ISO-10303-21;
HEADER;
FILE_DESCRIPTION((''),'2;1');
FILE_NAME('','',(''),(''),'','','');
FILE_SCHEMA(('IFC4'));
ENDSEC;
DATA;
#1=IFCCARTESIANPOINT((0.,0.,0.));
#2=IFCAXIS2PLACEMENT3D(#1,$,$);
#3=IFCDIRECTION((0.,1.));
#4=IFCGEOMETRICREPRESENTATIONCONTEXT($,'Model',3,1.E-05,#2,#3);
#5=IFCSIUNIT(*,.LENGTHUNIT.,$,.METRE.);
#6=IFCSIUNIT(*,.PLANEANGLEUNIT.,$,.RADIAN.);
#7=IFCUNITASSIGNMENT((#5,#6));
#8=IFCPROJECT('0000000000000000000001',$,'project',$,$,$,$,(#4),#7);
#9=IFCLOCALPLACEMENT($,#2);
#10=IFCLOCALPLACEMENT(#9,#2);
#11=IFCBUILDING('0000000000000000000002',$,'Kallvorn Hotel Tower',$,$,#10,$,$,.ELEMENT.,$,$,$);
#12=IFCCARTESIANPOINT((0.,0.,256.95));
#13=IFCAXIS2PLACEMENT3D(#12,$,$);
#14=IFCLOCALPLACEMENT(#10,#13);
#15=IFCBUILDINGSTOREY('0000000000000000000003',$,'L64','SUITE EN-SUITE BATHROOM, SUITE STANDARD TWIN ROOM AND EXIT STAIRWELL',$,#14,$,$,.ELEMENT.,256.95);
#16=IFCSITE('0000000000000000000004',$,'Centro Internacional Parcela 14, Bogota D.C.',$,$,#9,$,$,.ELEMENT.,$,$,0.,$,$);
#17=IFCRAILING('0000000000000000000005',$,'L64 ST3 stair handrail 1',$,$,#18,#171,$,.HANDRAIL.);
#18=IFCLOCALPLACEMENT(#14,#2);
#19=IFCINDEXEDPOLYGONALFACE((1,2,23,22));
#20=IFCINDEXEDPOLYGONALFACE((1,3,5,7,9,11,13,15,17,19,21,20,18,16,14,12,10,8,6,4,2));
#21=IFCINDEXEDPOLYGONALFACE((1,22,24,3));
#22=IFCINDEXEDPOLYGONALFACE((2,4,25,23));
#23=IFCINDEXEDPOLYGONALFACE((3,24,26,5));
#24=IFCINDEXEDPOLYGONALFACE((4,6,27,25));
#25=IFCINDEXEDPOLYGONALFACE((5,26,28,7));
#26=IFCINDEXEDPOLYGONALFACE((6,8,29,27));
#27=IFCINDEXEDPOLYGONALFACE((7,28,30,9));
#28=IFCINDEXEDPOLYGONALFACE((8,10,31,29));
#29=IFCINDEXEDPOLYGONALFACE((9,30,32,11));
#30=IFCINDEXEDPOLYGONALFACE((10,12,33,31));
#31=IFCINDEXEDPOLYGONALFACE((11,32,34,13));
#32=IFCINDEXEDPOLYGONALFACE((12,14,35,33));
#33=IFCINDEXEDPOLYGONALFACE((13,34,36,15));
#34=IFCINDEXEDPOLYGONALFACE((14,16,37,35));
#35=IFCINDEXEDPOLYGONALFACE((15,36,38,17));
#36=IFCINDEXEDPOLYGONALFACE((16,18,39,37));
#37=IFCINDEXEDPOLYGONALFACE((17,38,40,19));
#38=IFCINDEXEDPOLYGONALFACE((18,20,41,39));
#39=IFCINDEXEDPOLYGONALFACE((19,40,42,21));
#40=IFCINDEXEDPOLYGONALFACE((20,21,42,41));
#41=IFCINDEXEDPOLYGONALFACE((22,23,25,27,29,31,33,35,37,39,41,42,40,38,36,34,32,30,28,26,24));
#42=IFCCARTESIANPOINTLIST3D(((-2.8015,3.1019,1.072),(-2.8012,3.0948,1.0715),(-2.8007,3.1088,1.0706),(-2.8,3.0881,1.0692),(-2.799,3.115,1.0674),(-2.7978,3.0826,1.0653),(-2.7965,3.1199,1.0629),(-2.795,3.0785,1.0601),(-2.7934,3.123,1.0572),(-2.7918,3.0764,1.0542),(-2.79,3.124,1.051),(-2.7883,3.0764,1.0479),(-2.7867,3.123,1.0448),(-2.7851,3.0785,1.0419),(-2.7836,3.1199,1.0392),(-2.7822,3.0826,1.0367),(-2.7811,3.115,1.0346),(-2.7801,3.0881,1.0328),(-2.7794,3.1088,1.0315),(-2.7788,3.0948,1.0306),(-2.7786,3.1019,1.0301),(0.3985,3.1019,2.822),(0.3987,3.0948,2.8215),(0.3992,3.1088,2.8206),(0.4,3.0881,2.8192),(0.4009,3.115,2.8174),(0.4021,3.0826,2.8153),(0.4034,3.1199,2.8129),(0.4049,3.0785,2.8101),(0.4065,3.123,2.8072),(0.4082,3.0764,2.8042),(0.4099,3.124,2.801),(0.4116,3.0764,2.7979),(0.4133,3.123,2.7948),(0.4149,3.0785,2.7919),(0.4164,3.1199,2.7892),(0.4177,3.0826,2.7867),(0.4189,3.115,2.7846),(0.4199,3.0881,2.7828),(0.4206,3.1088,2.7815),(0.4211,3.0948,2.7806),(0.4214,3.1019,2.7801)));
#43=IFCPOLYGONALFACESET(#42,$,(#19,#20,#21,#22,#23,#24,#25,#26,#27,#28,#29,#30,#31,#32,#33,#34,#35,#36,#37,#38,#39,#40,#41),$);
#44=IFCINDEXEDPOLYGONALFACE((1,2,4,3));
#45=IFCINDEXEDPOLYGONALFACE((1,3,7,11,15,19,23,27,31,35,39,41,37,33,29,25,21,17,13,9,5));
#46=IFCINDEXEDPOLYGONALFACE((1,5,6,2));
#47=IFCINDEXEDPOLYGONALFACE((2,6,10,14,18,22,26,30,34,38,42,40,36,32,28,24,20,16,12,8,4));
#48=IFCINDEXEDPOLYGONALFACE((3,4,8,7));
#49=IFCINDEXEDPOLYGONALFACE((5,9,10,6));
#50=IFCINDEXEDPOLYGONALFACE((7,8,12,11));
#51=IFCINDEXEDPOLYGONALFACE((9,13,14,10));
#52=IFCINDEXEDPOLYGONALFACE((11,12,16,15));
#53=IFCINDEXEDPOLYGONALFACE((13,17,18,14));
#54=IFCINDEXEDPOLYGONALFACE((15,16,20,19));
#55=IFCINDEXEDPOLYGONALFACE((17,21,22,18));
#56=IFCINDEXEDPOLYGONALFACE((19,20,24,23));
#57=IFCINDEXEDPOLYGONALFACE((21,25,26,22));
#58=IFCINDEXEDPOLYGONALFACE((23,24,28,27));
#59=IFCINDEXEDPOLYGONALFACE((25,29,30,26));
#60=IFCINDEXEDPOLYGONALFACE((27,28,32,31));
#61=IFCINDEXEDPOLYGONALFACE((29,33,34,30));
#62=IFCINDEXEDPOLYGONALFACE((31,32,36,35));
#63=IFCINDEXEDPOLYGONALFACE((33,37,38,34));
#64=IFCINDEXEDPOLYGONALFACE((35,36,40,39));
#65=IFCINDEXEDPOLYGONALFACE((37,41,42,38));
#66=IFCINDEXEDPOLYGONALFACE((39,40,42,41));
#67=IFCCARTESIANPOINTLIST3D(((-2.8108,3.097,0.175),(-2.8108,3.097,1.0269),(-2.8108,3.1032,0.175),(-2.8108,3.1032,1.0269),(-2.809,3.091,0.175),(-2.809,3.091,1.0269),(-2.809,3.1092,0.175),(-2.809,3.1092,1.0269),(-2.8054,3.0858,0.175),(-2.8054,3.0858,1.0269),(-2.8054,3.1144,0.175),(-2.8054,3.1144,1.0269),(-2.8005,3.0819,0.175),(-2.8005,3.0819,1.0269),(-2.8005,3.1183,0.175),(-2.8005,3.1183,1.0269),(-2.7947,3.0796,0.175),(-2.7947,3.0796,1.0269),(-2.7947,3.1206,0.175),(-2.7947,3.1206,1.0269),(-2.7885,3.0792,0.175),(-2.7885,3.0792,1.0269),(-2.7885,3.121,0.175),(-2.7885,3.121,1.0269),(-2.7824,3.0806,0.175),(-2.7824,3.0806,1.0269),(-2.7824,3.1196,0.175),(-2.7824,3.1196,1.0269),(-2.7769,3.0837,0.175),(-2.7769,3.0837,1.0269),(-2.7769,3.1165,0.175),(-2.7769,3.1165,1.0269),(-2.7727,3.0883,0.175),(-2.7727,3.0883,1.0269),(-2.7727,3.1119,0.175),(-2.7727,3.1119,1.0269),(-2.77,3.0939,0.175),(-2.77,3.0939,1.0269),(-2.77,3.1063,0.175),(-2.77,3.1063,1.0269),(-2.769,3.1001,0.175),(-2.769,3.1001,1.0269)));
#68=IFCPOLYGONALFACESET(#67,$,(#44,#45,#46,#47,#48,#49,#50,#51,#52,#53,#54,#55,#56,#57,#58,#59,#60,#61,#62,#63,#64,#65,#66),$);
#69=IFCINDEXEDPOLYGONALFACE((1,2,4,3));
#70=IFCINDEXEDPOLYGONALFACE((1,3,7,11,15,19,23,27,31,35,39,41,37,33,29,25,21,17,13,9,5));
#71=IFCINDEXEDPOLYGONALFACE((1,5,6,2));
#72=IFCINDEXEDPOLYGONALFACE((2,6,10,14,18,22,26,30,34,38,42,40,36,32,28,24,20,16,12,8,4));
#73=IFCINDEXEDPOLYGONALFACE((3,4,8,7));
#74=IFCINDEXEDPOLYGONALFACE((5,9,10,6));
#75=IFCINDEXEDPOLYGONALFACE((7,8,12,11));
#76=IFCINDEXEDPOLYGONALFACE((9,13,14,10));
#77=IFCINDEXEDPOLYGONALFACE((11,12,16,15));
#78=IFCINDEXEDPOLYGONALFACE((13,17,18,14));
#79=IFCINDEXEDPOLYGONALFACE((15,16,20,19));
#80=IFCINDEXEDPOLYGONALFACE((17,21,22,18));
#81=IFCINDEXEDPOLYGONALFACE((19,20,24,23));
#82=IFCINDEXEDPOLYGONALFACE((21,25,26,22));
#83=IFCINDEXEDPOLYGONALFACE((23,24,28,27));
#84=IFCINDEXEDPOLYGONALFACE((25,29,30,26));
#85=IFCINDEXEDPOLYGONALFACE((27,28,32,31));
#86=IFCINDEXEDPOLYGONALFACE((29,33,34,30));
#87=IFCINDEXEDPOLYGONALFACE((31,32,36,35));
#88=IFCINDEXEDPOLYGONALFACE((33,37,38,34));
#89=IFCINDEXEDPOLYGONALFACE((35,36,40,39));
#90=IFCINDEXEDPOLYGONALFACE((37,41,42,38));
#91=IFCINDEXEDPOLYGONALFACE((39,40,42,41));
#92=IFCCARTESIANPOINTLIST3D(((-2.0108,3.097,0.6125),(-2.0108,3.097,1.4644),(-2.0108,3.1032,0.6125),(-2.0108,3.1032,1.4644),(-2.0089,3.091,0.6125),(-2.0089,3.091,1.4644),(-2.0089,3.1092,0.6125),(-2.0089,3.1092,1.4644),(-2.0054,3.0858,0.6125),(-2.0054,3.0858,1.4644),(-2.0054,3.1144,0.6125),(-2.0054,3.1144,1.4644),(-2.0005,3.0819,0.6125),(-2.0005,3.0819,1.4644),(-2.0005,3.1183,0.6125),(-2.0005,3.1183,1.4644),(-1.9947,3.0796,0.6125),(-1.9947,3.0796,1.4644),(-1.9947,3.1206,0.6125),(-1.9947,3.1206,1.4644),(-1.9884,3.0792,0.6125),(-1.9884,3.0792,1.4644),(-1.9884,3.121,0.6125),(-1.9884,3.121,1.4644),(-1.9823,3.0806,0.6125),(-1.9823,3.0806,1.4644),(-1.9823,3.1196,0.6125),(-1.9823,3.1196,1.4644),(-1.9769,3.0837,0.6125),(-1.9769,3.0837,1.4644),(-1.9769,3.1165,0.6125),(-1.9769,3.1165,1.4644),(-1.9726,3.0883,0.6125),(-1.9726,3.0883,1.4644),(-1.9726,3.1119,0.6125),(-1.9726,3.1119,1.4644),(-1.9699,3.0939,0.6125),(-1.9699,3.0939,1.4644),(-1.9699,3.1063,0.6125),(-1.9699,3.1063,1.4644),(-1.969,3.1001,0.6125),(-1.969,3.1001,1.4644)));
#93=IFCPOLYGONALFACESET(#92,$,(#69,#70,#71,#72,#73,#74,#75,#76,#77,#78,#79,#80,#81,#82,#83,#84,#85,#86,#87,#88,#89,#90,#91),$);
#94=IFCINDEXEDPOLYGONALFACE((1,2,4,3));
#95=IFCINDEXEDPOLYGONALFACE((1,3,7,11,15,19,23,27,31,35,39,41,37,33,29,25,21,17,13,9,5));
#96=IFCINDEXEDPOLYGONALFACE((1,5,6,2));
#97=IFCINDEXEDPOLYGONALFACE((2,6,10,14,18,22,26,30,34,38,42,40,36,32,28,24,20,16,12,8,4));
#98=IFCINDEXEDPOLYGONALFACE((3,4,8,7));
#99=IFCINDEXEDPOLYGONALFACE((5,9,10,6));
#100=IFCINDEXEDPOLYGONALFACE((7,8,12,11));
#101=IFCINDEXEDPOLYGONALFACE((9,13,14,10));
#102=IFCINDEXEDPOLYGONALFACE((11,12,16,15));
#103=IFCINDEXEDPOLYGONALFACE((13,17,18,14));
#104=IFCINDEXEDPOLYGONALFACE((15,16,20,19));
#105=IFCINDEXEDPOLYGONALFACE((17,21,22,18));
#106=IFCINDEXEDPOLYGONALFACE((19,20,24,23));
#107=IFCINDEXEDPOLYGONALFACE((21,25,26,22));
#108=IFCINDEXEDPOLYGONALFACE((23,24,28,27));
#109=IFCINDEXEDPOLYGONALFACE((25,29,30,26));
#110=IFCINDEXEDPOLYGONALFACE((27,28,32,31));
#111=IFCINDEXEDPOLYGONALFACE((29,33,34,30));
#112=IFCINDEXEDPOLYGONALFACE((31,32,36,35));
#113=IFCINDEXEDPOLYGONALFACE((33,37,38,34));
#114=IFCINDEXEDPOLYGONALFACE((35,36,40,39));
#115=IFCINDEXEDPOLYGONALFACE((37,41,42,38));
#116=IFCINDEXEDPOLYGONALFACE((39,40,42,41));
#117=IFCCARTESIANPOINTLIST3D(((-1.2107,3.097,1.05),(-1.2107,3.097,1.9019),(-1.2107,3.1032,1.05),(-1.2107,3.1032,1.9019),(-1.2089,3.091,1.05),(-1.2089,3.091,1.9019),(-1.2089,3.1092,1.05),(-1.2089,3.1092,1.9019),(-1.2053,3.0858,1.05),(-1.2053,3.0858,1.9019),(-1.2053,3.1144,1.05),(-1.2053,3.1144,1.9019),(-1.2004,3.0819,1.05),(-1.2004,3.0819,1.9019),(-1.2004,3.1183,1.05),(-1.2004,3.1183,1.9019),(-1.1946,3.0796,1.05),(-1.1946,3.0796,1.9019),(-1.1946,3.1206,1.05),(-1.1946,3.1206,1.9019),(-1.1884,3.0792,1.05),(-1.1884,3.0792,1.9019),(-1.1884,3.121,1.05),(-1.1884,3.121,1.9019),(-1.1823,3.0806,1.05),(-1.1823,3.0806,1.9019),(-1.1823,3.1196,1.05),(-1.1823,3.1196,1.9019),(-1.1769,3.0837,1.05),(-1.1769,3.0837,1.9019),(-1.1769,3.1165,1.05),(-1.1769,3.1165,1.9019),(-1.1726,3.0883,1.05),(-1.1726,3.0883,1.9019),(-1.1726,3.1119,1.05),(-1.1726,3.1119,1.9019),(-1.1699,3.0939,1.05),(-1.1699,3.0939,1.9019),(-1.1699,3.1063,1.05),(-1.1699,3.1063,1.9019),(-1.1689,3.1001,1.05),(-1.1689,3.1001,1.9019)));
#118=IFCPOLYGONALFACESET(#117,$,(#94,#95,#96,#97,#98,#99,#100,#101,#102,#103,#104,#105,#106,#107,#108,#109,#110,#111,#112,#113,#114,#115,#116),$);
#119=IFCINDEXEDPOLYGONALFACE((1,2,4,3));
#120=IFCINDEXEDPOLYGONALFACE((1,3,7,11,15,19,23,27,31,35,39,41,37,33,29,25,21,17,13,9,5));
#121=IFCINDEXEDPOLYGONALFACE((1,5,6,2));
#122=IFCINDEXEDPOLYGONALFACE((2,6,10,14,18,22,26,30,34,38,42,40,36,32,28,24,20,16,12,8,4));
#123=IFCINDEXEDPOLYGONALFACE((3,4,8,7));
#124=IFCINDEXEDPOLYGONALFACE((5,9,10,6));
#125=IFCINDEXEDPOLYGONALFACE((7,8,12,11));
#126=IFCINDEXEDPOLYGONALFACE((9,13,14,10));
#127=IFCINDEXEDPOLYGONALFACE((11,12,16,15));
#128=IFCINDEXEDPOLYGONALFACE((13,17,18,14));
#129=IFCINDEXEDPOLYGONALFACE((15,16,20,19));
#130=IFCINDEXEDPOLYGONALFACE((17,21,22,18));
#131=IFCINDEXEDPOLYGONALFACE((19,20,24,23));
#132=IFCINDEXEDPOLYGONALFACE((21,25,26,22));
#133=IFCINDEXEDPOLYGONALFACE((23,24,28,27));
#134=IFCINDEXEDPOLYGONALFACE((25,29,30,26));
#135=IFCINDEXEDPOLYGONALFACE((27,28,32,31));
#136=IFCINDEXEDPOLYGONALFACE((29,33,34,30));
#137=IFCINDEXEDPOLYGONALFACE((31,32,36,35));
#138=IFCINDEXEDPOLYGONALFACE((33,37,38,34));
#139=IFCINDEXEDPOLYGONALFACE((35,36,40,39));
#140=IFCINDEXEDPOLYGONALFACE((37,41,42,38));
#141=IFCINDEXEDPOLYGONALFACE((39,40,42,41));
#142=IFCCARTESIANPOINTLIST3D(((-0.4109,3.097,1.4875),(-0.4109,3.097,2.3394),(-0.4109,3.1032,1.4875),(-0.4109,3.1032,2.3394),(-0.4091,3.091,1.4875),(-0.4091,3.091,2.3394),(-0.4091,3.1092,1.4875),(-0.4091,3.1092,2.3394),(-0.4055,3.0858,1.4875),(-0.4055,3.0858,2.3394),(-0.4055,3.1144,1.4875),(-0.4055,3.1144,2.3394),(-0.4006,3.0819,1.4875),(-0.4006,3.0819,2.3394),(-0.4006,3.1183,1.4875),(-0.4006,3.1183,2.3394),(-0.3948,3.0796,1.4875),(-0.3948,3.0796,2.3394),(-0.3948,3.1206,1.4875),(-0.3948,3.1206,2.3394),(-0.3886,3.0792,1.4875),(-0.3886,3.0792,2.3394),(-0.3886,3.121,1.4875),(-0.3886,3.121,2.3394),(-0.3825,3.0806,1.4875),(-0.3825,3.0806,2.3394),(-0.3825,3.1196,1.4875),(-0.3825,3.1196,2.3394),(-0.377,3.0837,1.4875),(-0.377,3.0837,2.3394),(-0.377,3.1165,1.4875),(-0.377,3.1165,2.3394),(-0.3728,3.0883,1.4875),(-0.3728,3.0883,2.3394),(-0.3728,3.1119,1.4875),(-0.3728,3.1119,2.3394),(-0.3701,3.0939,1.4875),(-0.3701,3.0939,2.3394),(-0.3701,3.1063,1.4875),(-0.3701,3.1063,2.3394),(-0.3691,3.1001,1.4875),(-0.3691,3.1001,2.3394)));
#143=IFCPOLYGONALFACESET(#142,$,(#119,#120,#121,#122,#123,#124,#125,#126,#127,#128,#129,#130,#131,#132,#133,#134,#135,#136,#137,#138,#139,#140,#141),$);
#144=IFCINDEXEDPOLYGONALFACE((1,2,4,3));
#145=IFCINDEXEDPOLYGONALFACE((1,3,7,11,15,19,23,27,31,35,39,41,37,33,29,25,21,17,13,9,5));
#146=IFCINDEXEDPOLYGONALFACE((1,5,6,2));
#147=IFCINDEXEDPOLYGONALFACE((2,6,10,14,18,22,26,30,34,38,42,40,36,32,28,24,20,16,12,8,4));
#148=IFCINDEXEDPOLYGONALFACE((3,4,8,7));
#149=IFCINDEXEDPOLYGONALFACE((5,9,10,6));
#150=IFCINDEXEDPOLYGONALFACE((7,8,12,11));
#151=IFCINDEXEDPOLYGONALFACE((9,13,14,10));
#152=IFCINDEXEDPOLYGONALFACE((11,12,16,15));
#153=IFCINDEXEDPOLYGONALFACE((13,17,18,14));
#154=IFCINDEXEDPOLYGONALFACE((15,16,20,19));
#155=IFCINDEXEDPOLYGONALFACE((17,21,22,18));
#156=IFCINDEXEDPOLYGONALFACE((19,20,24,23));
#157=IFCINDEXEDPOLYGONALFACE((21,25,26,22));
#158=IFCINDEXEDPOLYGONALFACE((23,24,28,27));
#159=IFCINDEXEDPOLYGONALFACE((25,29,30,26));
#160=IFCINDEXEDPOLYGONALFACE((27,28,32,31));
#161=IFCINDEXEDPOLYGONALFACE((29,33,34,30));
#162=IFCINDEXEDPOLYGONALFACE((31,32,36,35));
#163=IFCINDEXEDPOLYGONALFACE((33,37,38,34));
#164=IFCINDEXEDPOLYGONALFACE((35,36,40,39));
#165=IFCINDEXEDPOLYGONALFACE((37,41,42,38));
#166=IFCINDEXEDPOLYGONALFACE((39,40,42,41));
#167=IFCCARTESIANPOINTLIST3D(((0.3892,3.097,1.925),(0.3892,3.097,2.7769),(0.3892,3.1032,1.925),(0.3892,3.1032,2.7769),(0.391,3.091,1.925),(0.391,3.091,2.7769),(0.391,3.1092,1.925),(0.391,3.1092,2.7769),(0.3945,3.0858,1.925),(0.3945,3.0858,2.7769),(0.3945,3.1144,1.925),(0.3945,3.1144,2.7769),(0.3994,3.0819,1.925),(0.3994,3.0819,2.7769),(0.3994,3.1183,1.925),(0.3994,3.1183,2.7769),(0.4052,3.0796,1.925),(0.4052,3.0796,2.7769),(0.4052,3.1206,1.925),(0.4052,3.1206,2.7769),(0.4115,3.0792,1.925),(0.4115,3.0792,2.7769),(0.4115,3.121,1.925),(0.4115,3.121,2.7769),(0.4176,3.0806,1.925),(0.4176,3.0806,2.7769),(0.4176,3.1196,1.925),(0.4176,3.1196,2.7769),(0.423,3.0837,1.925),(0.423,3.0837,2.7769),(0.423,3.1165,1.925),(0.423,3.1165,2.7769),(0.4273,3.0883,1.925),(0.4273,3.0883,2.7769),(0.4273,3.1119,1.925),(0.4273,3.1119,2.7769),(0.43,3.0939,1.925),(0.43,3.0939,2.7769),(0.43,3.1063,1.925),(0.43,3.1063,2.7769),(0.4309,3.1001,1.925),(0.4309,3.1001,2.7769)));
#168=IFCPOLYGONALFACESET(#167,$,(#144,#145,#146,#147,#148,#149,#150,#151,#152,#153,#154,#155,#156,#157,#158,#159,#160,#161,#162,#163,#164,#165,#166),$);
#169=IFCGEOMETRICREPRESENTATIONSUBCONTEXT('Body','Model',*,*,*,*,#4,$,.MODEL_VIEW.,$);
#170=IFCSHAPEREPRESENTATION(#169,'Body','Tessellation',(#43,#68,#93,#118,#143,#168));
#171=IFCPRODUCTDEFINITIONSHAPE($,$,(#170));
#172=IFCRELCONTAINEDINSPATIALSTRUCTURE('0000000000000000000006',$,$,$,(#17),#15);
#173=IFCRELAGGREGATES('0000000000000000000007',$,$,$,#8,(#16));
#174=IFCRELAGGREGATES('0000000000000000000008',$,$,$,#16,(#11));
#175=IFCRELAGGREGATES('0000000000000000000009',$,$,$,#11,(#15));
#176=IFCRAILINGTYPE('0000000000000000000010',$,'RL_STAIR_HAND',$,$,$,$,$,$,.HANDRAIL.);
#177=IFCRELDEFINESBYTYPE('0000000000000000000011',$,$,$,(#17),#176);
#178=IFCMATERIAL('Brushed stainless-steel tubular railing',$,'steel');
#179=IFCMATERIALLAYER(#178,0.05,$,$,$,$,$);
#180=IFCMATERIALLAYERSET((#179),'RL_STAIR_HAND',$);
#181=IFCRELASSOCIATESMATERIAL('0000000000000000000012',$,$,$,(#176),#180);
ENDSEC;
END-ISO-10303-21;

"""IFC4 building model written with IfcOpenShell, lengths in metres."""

from ifc_helpers import new_model, si_unit, direction, frame, origin, origin_2d, place, context, subcontext, project, spatial, circle, extrude, material, layer, layer_set, type_object, element, save


model = new_model("IFC4")

# Units and contexts
model_context = context("Model", 3, precision=1e-05, world=origin(), true_north=direction((0.0, 1.0)))
body_context = subcontext(model_context, "Body", "Model", "MODEL_VIEW")
ifc_project = project(units=[si_unit("LENGTHUNIT", "METRE"), si_unit("PLANEANGLEUNIT", "RADIAN")], contexts=[model_context])

# Site, building, storey
site_placement = place(None, origin())
site = spatial("IfcSite", under=ifc_project, at=site_placement, Name="Centro Internacional Parcela 14, Bogota D.C.", CompositionType="ELEMENT", RefElevation=0.0)
building_placement = place(site_placement, origin())
building = spatial("IfcBuilding", under=site, at=building_placement, Name="Kallvorn Hotel Tower", CompositionType="ELEMENT")
storey_placement = place(building_placement, frame((0.0, 0.0, 256.95)))
storey = spatial("IfcBuildingStorey", under=building, at=storey_placement, Name="L64", Description="SUITE EN-SUITE BATHROOM, SUITE STANDARD TWIN ROOM AND EXIT STAIRWELL", CompositionType="ELEMENT", Elevation=256.95)

# Railing
ifc_material_1 = material(Name="Brushed stainless-steel tubular railing", Category="steel")
ifc_layer_1 = layer(ifc_material_1, 0.05)
ifc_layer_set_1 = layer_set([ifc_layer_1], Name="RL_STAIR_HAND")
railing_type_1 = type_object("IfcRailingType", Name="RL_STAIR_HAND", PredefinedType="HANDRAIL", material=ifc_layer_set_1)
railing_1_placement = place(storey_placement, frame((-2.79, 3.1001, 0.175)))
element("IfcRailing", 1, at=railing_1_placement, inside=storey, type_object=railing_type_1, Name="L64 ST3 stair handrail 1", PredefinedType="HANDRAIL", context=body_context, shape_type="SweptSolid", body=[
    extrude(circle(Radius=0.0239, at=origin_2d()), frame((0.0, 0.0, 0.876), z_axis=(0.877368, 0.0, 0.479818), x_axis=(0.0, 1.0, 0.0)), (0.0, 0.0, 1.0), 3.6472),
    extrude(circle(Radius=0.021, at=origin_2d()), origin(), (0.0, 0.0, 1.0), 0.8518),
    extrude(circle(Radius=0.021, at=origin_2d()), frame((0.8, 0.0, 0.4375)), (0.0, 0.0, 1.0), 0.8518),
    extrude(circle(Radius=0.021, at=origin_2d()), frame((1.6001, 0.0, 0.875)), (0.0, 0.0, 1.0), 0.8518),
    extrude(circle(Radius=0.021, at=origin_2d()), frame((2.3999, 0.0, 1.3125)), (0.0, 0.0, 1.0), 0.8518),
    extrude(circle(Radius=0.021, at=origin_2d()), frame((3.2, 0.0, 1.75)), (0.0, 0.0, 1.0), 0.8518),
])

save(model, "model.ifc")
